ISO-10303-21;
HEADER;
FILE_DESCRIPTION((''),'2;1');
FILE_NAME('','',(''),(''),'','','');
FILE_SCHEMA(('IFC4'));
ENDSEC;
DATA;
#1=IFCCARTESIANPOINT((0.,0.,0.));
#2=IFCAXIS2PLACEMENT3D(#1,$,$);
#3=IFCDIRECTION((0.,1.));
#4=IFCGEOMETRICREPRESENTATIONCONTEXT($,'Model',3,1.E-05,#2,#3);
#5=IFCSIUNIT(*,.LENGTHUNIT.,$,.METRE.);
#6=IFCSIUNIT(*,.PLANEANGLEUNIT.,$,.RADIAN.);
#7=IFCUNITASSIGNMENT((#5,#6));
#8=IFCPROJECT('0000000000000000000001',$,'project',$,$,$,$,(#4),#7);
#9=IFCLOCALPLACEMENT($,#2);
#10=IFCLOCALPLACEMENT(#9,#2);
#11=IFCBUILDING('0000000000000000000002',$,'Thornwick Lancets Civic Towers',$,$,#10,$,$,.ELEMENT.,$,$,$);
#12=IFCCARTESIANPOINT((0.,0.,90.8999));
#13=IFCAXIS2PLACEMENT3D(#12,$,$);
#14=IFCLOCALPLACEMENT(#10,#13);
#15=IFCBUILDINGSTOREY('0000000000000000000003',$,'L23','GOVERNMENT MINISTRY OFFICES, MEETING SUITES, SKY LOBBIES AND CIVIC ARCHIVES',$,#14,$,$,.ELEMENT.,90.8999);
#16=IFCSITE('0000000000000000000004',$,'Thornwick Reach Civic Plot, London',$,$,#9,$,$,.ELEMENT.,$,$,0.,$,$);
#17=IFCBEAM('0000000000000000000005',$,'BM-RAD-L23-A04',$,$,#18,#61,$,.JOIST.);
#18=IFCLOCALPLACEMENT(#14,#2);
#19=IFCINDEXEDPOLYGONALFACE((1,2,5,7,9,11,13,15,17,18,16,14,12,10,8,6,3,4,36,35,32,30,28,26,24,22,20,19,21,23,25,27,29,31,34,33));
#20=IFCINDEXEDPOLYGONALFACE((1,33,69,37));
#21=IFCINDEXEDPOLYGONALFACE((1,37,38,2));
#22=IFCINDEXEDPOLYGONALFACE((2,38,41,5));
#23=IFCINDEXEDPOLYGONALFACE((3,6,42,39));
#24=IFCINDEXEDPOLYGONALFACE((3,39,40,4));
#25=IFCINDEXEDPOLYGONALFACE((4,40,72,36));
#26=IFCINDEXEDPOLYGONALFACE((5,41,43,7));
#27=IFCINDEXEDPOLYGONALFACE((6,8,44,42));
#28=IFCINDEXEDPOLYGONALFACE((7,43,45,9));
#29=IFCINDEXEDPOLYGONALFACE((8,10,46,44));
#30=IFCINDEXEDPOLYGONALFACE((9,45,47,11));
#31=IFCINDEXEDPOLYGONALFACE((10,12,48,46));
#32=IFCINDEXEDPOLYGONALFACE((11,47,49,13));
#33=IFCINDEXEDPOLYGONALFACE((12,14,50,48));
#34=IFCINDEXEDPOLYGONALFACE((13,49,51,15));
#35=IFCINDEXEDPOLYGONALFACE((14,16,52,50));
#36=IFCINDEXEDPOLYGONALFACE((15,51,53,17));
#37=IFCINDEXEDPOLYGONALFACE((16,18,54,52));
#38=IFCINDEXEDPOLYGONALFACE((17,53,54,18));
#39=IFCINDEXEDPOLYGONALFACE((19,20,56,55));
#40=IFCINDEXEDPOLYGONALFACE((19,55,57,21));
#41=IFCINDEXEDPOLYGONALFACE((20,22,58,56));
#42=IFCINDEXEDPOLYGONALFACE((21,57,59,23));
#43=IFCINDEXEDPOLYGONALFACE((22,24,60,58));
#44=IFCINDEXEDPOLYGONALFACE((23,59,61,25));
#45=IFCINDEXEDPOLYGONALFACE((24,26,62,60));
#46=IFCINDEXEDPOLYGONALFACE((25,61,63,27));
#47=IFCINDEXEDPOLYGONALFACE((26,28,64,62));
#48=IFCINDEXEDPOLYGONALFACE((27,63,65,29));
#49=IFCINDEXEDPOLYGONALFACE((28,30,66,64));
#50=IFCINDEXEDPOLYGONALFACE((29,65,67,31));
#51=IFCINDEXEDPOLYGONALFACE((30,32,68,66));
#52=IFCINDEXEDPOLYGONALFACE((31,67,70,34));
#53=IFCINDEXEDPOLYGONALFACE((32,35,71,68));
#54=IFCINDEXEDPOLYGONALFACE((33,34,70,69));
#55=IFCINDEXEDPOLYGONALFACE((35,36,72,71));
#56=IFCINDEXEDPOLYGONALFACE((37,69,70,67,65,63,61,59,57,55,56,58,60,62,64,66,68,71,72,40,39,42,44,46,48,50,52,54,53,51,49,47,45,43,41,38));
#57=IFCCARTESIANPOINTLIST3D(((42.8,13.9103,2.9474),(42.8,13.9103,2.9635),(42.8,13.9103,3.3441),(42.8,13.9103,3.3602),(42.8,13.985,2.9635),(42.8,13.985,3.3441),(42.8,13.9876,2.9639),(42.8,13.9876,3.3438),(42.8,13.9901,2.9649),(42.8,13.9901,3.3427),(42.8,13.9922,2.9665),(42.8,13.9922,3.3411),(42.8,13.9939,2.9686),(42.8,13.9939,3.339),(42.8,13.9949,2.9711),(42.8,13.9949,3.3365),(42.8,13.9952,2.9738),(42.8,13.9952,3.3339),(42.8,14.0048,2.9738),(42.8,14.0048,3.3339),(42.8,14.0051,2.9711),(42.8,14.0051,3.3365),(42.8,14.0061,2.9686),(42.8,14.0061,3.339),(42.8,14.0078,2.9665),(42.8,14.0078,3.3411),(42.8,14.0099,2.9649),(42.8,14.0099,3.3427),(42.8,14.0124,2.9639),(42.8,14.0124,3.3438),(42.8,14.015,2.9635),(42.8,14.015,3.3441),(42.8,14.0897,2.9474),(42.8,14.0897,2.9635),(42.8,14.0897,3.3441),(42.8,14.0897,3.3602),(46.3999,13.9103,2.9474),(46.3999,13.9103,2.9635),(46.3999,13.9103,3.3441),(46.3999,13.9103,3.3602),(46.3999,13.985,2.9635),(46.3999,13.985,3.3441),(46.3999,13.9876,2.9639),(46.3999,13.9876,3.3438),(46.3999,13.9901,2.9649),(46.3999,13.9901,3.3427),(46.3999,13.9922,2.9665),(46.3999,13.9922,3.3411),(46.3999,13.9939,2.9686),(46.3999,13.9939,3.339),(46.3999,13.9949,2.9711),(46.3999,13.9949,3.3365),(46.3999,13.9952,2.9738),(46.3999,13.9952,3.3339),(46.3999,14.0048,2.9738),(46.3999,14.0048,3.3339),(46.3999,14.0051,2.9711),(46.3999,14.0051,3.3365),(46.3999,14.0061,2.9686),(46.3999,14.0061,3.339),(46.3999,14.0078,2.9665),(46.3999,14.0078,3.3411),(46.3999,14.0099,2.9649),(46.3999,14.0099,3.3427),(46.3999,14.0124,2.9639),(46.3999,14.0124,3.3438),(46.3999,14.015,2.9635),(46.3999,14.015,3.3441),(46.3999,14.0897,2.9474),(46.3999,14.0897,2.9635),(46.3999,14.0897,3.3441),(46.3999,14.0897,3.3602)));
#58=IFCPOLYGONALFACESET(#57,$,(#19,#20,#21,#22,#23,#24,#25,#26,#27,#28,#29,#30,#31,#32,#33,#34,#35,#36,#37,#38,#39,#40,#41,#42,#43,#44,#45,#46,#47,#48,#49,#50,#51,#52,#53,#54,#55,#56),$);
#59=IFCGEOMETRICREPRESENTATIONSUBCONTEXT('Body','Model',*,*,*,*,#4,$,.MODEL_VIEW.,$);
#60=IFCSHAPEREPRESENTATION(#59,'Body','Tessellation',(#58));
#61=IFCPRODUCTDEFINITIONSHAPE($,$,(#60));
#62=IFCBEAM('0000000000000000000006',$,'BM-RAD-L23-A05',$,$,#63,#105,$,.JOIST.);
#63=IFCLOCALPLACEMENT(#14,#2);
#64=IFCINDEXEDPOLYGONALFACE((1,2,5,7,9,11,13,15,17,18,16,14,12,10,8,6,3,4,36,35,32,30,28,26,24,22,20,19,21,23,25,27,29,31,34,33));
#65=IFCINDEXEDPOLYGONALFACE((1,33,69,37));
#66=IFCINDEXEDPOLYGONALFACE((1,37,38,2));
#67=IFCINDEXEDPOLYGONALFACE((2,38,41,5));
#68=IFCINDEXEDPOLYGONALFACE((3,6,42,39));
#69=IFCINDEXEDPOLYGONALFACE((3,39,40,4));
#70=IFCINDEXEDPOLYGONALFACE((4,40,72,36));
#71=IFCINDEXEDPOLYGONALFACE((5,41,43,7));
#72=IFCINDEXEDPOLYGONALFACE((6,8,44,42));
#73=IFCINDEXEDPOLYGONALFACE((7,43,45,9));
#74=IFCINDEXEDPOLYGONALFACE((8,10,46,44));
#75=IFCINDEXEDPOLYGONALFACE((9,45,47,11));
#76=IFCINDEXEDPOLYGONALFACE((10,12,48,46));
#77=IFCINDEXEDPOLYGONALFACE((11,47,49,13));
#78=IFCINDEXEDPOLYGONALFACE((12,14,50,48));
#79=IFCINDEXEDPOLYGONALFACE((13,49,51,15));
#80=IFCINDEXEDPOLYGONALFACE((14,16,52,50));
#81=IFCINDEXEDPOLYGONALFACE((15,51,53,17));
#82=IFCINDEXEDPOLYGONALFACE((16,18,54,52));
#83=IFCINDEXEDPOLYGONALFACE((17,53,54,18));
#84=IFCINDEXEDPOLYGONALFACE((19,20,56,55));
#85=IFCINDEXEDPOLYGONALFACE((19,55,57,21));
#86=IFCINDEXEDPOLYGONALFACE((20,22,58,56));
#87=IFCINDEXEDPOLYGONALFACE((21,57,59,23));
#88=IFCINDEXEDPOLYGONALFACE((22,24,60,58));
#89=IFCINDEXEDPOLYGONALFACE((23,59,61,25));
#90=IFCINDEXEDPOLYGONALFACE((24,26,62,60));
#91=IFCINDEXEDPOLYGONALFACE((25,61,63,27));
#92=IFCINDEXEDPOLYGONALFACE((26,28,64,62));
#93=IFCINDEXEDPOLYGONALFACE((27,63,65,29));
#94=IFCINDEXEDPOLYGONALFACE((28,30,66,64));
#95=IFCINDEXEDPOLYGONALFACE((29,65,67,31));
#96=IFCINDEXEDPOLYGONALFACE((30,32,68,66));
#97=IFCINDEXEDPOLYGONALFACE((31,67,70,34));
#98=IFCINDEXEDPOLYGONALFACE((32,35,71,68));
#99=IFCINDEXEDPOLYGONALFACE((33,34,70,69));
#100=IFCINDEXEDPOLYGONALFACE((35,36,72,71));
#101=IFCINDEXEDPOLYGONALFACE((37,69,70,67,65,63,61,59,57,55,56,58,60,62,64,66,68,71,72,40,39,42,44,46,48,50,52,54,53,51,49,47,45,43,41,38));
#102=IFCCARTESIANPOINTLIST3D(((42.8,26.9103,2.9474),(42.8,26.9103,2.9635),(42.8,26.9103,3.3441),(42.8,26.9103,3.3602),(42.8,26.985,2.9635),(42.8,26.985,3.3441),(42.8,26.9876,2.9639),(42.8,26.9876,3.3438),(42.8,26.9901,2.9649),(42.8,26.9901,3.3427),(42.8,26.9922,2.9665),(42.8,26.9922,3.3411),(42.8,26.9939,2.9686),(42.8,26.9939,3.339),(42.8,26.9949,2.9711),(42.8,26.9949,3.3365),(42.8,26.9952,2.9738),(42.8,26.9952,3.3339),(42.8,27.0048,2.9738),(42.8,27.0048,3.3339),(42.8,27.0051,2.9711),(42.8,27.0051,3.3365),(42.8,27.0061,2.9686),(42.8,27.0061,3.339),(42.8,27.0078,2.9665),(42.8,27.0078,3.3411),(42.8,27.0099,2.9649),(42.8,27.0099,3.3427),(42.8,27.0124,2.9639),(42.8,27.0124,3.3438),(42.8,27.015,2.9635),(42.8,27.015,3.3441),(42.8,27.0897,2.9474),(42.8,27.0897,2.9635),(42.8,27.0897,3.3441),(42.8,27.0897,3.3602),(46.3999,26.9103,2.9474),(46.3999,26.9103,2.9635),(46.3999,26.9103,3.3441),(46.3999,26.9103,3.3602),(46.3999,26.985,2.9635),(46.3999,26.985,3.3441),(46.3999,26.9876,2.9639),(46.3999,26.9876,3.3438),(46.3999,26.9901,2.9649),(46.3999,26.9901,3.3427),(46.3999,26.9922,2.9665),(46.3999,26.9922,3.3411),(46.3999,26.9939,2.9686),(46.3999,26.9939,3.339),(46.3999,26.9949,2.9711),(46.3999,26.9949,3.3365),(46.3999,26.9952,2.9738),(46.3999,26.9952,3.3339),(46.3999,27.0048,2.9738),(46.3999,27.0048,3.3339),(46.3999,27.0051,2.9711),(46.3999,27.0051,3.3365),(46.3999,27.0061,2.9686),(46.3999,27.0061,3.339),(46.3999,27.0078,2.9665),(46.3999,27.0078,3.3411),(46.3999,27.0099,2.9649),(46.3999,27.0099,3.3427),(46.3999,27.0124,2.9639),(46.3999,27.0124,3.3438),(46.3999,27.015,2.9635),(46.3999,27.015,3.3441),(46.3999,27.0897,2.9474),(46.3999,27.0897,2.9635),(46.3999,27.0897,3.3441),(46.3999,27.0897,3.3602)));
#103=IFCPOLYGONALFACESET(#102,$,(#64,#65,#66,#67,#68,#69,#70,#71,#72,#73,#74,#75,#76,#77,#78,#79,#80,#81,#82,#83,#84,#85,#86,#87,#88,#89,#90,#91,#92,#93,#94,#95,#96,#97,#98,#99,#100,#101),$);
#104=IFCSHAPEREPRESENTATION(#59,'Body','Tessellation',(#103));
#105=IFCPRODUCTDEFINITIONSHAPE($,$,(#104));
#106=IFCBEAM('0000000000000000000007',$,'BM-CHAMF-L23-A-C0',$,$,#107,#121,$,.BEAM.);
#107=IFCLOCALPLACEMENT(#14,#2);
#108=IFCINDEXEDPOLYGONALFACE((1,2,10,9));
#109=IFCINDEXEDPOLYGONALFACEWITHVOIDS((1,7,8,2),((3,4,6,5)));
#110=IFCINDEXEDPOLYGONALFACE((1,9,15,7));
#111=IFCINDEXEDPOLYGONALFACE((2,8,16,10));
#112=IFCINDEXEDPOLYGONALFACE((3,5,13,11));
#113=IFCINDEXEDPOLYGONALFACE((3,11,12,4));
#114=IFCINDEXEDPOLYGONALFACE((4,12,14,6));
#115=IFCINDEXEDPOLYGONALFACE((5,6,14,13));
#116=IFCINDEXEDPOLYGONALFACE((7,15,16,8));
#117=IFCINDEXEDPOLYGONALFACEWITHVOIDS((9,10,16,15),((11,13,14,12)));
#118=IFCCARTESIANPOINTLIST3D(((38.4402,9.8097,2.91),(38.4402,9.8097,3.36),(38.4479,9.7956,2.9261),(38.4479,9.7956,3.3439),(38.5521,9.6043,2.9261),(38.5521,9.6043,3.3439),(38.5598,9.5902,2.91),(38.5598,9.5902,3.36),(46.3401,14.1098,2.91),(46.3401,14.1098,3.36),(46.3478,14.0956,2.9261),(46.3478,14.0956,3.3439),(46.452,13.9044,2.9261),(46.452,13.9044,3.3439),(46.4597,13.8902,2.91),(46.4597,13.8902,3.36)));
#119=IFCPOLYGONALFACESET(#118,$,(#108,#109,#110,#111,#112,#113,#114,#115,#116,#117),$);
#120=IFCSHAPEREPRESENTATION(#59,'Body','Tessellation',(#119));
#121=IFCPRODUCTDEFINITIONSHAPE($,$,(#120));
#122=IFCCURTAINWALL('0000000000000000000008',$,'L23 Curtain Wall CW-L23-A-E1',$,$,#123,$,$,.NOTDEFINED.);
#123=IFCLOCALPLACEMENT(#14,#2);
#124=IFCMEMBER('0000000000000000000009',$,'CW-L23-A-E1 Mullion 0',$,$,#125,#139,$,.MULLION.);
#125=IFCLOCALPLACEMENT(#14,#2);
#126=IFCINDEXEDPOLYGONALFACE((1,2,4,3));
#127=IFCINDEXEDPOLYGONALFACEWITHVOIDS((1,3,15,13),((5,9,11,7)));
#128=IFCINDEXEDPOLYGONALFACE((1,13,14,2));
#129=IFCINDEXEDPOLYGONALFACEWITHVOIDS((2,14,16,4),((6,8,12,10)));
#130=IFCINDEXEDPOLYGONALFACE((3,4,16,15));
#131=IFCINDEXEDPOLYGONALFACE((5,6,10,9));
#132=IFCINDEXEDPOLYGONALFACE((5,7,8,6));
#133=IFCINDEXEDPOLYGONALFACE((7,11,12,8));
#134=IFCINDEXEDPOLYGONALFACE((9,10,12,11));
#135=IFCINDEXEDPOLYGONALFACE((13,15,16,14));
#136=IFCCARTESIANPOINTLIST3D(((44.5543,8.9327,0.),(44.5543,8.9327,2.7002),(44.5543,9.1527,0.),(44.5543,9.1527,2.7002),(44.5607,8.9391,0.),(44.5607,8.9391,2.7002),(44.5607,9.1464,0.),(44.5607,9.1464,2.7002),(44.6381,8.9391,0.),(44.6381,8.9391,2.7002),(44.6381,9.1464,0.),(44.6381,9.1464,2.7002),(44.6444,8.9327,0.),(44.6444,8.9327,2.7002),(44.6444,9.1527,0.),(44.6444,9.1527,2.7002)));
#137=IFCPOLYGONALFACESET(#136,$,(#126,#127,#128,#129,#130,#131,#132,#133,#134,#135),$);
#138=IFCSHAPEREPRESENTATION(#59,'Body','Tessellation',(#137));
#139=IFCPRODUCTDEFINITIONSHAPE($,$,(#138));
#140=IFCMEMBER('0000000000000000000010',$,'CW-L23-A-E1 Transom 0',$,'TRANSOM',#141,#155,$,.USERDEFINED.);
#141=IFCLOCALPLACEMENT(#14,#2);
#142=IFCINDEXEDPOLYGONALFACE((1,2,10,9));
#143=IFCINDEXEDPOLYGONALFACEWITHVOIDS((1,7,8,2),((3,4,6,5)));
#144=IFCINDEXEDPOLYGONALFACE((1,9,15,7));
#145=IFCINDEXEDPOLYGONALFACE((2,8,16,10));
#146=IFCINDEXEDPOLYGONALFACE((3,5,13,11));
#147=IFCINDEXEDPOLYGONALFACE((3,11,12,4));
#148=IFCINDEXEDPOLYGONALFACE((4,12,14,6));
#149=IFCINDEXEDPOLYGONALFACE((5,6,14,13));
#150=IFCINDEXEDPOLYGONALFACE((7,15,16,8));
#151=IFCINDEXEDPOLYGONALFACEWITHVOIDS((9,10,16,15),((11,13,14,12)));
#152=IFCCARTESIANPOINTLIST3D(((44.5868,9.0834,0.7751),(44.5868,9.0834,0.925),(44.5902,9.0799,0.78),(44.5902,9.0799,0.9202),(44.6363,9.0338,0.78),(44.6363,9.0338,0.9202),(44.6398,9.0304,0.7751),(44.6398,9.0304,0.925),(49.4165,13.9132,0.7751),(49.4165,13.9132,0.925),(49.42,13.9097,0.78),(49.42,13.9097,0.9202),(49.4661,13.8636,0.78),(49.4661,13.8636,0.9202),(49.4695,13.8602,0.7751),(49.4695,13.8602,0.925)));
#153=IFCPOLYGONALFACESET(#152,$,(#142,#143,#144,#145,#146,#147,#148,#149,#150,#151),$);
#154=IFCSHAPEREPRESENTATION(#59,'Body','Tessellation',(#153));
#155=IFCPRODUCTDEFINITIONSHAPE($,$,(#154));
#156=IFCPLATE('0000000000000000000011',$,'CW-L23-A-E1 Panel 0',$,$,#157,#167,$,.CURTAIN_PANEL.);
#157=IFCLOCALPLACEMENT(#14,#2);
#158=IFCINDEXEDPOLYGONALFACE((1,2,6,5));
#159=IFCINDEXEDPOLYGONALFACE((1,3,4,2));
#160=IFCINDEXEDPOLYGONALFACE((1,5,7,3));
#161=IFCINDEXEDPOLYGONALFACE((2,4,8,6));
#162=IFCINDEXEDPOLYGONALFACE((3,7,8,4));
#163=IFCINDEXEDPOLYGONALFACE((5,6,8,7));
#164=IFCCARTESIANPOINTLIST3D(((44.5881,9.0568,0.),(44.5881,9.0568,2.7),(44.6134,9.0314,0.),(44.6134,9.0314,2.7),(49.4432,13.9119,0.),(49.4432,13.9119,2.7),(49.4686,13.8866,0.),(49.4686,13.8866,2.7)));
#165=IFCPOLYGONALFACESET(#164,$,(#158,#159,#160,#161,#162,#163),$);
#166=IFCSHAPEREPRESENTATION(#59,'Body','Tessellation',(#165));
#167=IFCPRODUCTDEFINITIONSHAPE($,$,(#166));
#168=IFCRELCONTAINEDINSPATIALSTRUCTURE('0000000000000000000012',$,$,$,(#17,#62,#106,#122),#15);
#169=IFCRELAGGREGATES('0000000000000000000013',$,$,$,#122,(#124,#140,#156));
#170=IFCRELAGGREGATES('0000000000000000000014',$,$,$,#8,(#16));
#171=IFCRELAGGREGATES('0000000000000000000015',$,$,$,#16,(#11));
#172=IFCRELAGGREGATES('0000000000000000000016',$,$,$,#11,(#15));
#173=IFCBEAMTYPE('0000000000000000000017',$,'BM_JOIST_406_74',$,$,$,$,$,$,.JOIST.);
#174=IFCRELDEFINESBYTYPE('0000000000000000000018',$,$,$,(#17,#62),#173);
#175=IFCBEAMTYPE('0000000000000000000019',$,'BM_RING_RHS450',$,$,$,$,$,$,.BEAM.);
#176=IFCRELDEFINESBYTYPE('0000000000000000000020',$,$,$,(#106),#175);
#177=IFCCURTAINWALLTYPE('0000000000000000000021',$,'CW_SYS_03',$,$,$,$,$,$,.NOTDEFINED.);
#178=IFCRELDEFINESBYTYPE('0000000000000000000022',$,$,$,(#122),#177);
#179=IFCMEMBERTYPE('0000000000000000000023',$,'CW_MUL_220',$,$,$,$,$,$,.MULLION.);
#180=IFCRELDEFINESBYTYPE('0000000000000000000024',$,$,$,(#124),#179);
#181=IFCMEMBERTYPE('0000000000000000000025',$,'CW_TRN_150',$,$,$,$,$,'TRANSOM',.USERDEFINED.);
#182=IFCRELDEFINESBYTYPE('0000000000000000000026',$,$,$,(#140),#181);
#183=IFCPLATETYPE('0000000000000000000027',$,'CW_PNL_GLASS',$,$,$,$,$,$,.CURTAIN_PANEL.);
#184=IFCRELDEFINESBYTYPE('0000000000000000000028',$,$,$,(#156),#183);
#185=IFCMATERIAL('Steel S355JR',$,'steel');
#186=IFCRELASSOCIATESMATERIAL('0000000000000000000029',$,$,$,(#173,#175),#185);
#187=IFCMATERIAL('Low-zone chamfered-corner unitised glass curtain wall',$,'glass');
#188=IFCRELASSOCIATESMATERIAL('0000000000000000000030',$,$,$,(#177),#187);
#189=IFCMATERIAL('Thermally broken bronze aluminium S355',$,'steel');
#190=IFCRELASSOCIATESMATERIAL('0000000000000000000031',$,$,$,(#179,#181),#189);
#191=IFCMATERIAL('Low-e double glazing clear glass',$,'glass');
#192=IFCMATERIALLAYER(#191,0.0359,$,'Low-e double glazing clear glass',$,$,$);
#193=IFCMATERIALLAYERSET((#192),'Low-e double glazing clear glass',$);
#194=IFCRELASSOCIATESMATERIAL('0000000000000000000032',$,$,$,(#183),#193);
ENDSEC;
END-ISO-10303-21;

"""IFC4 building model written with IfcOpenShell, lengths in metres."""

from ifc_helpers import new_model, si_unit, direction, frame, origin, origin_2d, place, context, subcontext, project, spatial, rectangle, hollow_rectangle, i_section, extrude, material, layer, layer_set, material_profile, profile_set, type_object, element, aggregate, save


model = new_model("IFC4")

# Units and contexts
model_context = context("Model", 3, precision=1e-05, world=origin(), true_north=direction((0.0, 1.0)))
body_context = subcontext(model_context, "Body", "Model", "MODEL_VIEW")
ifc_project = project(units=[si_unit("LENGTHUNIT", "METRE"), si_unit("PLANEANGLEUNIT", "RADIAN")], contexts=[model_context])

# Site, building, storey
site_placement = place(None, origin())
site = spatial("IfcSite", under=ifc_project, at=site_placement, Name="Thornwick Reach Civic Plot, London", CompositionType="ELEMENT", RefElevation=0.0)
building_placement = place(site_placement, origin())
building = spatial("IfcBuilding", under=site, at=building_placement, Name="Thornwick Lancets Civic Towers", CompositionType="ELEMENT")
storey_placement = place(building_placement, frame((0.0, 0.0, 90.8999)))
storey = spatial("IfcBuildingStorey", under=building, at=storey_placement, Name="L23", Description="GOVERNMENT MINISTRY OFFICES, MEETING SUITES, SKY LOBBIES AND CIVIC ARCHIVES", CompositionType="ELEMENT", Elevation=90.8999)

# Beams
ifc_material_1 = material(Name="Steel S355JR", Category="steel")
ifc_material_profile_1 = material_profile(ifc_material_1, i_section(OverallWidth=0.1794, OverallDepth=0.4128, WebThickness=0.0095, FlangeThickness=0.0161, FilletRadius=0.0103, at=origin_2d()), Name="UKB 406x178x74")
ifc_profile_set_1 = profile_set([ifc_material_profile_1], Name="Steel S355JR")
beam_type_1 = type_object("IfcBeamType", Name="BM_JOIST_406_74", PredefinedType="JOIST", material=ifc_profile_set_1)
for number, where, z_axis, x_axis, name in (
    (1, (42.8, 14.0, 3.1538), (1.0, 0.0, 0.0), (0.0, 1.0, 0.0), "BM-RAD-L23-A04"),
    (2, (42.8, 27.0, 3.1538), (1.0, 0.0, 0.0), (0.0, 1.0, 0.0), "BM-RAD-L23-A05"),
):
    element("IfcBeam", number, at=place(storey_placement, frame(where, z_axis=z_axis, x_axis=x_axis)), inside=storey, type_object=beam_type_1, Name=name, PredefinedType="JOIST", context=body_context, shape_type="SweptSolid", body=[
        extrude(i_section(OverallWidth=0.1794, OverallDepth=0.4128, WebThickness=0.0095, FlangeThickness=0.0161, FilletRadius=0.0103, at=origin_2d()), origin(), (0.0, 0.0, 1.0), 3.5999),
    ])
ifc_material_profile_2 = material_profile(ifc_material_1, hollow_rectangle(XDim=0.25, YDim=0.45, WallThickness=0.0161, at=origin_2d()), Name="RHS 450x250x16")
ifc_profile_set_2 = profile_set([ifc_material_profile_2], Name="Steel S355JR")
beam_type_2 = type_object("IfcBeamType", Name="BM_RING_RHS450", PredefinedType="BEAM", material=ifc_profile_set_2)
beam_1_placement = place(storey_placement, frame((38.5, 9.7, 3.135), z_axis=(0.878315, 0.478082, 0.0), x_axis=(-0.478082, 0.878315, 0.0)))
element("IfcBeam", 3, at=beam_1_placement, inside=storey, type_object=beam_type_2, Name="BM-CHAMF-L23-A-C0", PredefinedType="BEAM", context=body_context, shape_type="SweptSolid", body=[
    extrude(hollow_rectangle(XDim=0.25, YDim=0.45, WallThickness=0.0161, at=origin_2d()), origin(), (0.0, 0.0, 1.0), 8.9944),
])

# Curtain wall, members, plate
ifc_material_2 = material(Name="Low-zone chamfered-corner unitised glass curtain wall", Category="glass")
curtain_wall_type = type_object("IfcCurtainWallType", Name="CW_SYS_03", PredefinedType="NOTDEFINED", material=ifc_material_2)
curtain_wall_placement = place(storey_placement, origin())
curtain_wall = element("IfcCurtainWall", 4, at=curtain_wall_placement, inside=storey, type_object=curtain_wall_type, Name="L23 Curtain Wall CW-L23-A-E1", PredefinedType="NOTDEFINED")
ifc_material_3 = material(Name="Thermally broken bronze aluminium S355", Category="steel")
ifc_material_profile_3 = material_profile(ifc_material_3, hollow_rectangle(XDim=0.0901, YDim=0.22, WallThickness=0.0063, at=origin_2d()), Name="RHS 220x90x6.3")
ifc_profile_set_3 = profile_set([ifc_material_profile_3], Name="Thermally broken bronze aluminium S355")
member_type_1 = type_object("IfcMemberType", Name="CW_MUL_220", PredefinedType="MULLION", material=ifc_profile_set_3)
member_1_placement = place(storey_placement, frame((44.5994, 9.0427, 0.0), z_axis=(0.0, 0.0, 1.0), x_axis=(1.0, 0.0, 0.0)))
member_1 = element("IfcMember", 5, at=member_1_placement, type_object=member_type_1, Name="CW-L23-A-E1 Mullion 0", PredefinedType="MULLION", context=body_context, shape_type="SweptSolid", body=[
    extrude(hollow_rectangle(XDim=0.0901, YDim=0.22, WallThickness=0.0063, at=origin_2d()), origin(), (0.0, 0.0, 1.0), 2.7002),
])
ifc_material_profile_4 = material_profile(ifc_material_3, hollow_rectangle(XDim=0.075, YDim=0.1499, WallThickness=0.0049, at=origin_2d()), Name="RHS 150x75x5")
ifc_profile_set_4 = profile_set([ifc_material_profile_4], Name="Thermally broken bronze aluminium S355")
member_type_2 = type_object("IfcMemberType", Name="CW_TRN_150", ElementType="TRANSOM", PredefinedType="USERDEFINED", material=ifc_profile_set_4)
member_2_placement = place(storey_placement, frame((44.6133, 9.0569, 0.8501), z_axis=(0.707107, 0.707107, 0.0), x_axis=(-0.707107, 0.707107, 0.0)))
member_2 = element("IfcMember", 6, at=member_2_placement, type_object=member_type_2, Name="CW-L23-A-E1 Transom 0", ObjectType="TRANSOM", PredefinedType="USERDEFINED", context=body_context, shape_type="SweptSolid", body=[
    extrude(hollow_rectangle(XDim=0.075, YDim=0.1499, WallThickness=0.0049, at=origin_2d()), origin(), (0.0, 0.0, 1.0), 6.8303),
])
ifc_material_4 = material(Name="Low-e double glazing clear glass", Category="glass")
ifc_layer_1 = layer(ifc_material_4, 0.0359, Name="Low-e double glazing clear glass")
ifc_layer_set_1 = layer_set([ifc_layer_1], Name="Low-e double glazing clear glass")
plate_type = type_object("IfcPlateType", Name="CW_PNL_GLASS", PredefinedType="CURTAIN_PANEL", material=ifc_layer_set_1)
plate_placement = place(storey_placement, frame((47.0283, 11.4717, 0.0), z_axis=(0.0, 0.0, 1.0), x_axis=(0.707107, 0.707107, 0.0)))
plate = element("IfcPlate", 7, at=plate_placement, type_object=plate_type, Name="CW-L23-A-E1 Panel 0", PredefinedType="CURTAIN_PANEL", context=body_context, shape_type="SweptSolid", body=[
    extrude(rectangle(XDim=6.8662, YDim=0.0359, at=origin_2d()), origin(), (0.0, 0.0, 1.0), 2.7),
])
aggregate(curtain_wall, [member_1, member_2, plate])

save(model, "model.ifc")
